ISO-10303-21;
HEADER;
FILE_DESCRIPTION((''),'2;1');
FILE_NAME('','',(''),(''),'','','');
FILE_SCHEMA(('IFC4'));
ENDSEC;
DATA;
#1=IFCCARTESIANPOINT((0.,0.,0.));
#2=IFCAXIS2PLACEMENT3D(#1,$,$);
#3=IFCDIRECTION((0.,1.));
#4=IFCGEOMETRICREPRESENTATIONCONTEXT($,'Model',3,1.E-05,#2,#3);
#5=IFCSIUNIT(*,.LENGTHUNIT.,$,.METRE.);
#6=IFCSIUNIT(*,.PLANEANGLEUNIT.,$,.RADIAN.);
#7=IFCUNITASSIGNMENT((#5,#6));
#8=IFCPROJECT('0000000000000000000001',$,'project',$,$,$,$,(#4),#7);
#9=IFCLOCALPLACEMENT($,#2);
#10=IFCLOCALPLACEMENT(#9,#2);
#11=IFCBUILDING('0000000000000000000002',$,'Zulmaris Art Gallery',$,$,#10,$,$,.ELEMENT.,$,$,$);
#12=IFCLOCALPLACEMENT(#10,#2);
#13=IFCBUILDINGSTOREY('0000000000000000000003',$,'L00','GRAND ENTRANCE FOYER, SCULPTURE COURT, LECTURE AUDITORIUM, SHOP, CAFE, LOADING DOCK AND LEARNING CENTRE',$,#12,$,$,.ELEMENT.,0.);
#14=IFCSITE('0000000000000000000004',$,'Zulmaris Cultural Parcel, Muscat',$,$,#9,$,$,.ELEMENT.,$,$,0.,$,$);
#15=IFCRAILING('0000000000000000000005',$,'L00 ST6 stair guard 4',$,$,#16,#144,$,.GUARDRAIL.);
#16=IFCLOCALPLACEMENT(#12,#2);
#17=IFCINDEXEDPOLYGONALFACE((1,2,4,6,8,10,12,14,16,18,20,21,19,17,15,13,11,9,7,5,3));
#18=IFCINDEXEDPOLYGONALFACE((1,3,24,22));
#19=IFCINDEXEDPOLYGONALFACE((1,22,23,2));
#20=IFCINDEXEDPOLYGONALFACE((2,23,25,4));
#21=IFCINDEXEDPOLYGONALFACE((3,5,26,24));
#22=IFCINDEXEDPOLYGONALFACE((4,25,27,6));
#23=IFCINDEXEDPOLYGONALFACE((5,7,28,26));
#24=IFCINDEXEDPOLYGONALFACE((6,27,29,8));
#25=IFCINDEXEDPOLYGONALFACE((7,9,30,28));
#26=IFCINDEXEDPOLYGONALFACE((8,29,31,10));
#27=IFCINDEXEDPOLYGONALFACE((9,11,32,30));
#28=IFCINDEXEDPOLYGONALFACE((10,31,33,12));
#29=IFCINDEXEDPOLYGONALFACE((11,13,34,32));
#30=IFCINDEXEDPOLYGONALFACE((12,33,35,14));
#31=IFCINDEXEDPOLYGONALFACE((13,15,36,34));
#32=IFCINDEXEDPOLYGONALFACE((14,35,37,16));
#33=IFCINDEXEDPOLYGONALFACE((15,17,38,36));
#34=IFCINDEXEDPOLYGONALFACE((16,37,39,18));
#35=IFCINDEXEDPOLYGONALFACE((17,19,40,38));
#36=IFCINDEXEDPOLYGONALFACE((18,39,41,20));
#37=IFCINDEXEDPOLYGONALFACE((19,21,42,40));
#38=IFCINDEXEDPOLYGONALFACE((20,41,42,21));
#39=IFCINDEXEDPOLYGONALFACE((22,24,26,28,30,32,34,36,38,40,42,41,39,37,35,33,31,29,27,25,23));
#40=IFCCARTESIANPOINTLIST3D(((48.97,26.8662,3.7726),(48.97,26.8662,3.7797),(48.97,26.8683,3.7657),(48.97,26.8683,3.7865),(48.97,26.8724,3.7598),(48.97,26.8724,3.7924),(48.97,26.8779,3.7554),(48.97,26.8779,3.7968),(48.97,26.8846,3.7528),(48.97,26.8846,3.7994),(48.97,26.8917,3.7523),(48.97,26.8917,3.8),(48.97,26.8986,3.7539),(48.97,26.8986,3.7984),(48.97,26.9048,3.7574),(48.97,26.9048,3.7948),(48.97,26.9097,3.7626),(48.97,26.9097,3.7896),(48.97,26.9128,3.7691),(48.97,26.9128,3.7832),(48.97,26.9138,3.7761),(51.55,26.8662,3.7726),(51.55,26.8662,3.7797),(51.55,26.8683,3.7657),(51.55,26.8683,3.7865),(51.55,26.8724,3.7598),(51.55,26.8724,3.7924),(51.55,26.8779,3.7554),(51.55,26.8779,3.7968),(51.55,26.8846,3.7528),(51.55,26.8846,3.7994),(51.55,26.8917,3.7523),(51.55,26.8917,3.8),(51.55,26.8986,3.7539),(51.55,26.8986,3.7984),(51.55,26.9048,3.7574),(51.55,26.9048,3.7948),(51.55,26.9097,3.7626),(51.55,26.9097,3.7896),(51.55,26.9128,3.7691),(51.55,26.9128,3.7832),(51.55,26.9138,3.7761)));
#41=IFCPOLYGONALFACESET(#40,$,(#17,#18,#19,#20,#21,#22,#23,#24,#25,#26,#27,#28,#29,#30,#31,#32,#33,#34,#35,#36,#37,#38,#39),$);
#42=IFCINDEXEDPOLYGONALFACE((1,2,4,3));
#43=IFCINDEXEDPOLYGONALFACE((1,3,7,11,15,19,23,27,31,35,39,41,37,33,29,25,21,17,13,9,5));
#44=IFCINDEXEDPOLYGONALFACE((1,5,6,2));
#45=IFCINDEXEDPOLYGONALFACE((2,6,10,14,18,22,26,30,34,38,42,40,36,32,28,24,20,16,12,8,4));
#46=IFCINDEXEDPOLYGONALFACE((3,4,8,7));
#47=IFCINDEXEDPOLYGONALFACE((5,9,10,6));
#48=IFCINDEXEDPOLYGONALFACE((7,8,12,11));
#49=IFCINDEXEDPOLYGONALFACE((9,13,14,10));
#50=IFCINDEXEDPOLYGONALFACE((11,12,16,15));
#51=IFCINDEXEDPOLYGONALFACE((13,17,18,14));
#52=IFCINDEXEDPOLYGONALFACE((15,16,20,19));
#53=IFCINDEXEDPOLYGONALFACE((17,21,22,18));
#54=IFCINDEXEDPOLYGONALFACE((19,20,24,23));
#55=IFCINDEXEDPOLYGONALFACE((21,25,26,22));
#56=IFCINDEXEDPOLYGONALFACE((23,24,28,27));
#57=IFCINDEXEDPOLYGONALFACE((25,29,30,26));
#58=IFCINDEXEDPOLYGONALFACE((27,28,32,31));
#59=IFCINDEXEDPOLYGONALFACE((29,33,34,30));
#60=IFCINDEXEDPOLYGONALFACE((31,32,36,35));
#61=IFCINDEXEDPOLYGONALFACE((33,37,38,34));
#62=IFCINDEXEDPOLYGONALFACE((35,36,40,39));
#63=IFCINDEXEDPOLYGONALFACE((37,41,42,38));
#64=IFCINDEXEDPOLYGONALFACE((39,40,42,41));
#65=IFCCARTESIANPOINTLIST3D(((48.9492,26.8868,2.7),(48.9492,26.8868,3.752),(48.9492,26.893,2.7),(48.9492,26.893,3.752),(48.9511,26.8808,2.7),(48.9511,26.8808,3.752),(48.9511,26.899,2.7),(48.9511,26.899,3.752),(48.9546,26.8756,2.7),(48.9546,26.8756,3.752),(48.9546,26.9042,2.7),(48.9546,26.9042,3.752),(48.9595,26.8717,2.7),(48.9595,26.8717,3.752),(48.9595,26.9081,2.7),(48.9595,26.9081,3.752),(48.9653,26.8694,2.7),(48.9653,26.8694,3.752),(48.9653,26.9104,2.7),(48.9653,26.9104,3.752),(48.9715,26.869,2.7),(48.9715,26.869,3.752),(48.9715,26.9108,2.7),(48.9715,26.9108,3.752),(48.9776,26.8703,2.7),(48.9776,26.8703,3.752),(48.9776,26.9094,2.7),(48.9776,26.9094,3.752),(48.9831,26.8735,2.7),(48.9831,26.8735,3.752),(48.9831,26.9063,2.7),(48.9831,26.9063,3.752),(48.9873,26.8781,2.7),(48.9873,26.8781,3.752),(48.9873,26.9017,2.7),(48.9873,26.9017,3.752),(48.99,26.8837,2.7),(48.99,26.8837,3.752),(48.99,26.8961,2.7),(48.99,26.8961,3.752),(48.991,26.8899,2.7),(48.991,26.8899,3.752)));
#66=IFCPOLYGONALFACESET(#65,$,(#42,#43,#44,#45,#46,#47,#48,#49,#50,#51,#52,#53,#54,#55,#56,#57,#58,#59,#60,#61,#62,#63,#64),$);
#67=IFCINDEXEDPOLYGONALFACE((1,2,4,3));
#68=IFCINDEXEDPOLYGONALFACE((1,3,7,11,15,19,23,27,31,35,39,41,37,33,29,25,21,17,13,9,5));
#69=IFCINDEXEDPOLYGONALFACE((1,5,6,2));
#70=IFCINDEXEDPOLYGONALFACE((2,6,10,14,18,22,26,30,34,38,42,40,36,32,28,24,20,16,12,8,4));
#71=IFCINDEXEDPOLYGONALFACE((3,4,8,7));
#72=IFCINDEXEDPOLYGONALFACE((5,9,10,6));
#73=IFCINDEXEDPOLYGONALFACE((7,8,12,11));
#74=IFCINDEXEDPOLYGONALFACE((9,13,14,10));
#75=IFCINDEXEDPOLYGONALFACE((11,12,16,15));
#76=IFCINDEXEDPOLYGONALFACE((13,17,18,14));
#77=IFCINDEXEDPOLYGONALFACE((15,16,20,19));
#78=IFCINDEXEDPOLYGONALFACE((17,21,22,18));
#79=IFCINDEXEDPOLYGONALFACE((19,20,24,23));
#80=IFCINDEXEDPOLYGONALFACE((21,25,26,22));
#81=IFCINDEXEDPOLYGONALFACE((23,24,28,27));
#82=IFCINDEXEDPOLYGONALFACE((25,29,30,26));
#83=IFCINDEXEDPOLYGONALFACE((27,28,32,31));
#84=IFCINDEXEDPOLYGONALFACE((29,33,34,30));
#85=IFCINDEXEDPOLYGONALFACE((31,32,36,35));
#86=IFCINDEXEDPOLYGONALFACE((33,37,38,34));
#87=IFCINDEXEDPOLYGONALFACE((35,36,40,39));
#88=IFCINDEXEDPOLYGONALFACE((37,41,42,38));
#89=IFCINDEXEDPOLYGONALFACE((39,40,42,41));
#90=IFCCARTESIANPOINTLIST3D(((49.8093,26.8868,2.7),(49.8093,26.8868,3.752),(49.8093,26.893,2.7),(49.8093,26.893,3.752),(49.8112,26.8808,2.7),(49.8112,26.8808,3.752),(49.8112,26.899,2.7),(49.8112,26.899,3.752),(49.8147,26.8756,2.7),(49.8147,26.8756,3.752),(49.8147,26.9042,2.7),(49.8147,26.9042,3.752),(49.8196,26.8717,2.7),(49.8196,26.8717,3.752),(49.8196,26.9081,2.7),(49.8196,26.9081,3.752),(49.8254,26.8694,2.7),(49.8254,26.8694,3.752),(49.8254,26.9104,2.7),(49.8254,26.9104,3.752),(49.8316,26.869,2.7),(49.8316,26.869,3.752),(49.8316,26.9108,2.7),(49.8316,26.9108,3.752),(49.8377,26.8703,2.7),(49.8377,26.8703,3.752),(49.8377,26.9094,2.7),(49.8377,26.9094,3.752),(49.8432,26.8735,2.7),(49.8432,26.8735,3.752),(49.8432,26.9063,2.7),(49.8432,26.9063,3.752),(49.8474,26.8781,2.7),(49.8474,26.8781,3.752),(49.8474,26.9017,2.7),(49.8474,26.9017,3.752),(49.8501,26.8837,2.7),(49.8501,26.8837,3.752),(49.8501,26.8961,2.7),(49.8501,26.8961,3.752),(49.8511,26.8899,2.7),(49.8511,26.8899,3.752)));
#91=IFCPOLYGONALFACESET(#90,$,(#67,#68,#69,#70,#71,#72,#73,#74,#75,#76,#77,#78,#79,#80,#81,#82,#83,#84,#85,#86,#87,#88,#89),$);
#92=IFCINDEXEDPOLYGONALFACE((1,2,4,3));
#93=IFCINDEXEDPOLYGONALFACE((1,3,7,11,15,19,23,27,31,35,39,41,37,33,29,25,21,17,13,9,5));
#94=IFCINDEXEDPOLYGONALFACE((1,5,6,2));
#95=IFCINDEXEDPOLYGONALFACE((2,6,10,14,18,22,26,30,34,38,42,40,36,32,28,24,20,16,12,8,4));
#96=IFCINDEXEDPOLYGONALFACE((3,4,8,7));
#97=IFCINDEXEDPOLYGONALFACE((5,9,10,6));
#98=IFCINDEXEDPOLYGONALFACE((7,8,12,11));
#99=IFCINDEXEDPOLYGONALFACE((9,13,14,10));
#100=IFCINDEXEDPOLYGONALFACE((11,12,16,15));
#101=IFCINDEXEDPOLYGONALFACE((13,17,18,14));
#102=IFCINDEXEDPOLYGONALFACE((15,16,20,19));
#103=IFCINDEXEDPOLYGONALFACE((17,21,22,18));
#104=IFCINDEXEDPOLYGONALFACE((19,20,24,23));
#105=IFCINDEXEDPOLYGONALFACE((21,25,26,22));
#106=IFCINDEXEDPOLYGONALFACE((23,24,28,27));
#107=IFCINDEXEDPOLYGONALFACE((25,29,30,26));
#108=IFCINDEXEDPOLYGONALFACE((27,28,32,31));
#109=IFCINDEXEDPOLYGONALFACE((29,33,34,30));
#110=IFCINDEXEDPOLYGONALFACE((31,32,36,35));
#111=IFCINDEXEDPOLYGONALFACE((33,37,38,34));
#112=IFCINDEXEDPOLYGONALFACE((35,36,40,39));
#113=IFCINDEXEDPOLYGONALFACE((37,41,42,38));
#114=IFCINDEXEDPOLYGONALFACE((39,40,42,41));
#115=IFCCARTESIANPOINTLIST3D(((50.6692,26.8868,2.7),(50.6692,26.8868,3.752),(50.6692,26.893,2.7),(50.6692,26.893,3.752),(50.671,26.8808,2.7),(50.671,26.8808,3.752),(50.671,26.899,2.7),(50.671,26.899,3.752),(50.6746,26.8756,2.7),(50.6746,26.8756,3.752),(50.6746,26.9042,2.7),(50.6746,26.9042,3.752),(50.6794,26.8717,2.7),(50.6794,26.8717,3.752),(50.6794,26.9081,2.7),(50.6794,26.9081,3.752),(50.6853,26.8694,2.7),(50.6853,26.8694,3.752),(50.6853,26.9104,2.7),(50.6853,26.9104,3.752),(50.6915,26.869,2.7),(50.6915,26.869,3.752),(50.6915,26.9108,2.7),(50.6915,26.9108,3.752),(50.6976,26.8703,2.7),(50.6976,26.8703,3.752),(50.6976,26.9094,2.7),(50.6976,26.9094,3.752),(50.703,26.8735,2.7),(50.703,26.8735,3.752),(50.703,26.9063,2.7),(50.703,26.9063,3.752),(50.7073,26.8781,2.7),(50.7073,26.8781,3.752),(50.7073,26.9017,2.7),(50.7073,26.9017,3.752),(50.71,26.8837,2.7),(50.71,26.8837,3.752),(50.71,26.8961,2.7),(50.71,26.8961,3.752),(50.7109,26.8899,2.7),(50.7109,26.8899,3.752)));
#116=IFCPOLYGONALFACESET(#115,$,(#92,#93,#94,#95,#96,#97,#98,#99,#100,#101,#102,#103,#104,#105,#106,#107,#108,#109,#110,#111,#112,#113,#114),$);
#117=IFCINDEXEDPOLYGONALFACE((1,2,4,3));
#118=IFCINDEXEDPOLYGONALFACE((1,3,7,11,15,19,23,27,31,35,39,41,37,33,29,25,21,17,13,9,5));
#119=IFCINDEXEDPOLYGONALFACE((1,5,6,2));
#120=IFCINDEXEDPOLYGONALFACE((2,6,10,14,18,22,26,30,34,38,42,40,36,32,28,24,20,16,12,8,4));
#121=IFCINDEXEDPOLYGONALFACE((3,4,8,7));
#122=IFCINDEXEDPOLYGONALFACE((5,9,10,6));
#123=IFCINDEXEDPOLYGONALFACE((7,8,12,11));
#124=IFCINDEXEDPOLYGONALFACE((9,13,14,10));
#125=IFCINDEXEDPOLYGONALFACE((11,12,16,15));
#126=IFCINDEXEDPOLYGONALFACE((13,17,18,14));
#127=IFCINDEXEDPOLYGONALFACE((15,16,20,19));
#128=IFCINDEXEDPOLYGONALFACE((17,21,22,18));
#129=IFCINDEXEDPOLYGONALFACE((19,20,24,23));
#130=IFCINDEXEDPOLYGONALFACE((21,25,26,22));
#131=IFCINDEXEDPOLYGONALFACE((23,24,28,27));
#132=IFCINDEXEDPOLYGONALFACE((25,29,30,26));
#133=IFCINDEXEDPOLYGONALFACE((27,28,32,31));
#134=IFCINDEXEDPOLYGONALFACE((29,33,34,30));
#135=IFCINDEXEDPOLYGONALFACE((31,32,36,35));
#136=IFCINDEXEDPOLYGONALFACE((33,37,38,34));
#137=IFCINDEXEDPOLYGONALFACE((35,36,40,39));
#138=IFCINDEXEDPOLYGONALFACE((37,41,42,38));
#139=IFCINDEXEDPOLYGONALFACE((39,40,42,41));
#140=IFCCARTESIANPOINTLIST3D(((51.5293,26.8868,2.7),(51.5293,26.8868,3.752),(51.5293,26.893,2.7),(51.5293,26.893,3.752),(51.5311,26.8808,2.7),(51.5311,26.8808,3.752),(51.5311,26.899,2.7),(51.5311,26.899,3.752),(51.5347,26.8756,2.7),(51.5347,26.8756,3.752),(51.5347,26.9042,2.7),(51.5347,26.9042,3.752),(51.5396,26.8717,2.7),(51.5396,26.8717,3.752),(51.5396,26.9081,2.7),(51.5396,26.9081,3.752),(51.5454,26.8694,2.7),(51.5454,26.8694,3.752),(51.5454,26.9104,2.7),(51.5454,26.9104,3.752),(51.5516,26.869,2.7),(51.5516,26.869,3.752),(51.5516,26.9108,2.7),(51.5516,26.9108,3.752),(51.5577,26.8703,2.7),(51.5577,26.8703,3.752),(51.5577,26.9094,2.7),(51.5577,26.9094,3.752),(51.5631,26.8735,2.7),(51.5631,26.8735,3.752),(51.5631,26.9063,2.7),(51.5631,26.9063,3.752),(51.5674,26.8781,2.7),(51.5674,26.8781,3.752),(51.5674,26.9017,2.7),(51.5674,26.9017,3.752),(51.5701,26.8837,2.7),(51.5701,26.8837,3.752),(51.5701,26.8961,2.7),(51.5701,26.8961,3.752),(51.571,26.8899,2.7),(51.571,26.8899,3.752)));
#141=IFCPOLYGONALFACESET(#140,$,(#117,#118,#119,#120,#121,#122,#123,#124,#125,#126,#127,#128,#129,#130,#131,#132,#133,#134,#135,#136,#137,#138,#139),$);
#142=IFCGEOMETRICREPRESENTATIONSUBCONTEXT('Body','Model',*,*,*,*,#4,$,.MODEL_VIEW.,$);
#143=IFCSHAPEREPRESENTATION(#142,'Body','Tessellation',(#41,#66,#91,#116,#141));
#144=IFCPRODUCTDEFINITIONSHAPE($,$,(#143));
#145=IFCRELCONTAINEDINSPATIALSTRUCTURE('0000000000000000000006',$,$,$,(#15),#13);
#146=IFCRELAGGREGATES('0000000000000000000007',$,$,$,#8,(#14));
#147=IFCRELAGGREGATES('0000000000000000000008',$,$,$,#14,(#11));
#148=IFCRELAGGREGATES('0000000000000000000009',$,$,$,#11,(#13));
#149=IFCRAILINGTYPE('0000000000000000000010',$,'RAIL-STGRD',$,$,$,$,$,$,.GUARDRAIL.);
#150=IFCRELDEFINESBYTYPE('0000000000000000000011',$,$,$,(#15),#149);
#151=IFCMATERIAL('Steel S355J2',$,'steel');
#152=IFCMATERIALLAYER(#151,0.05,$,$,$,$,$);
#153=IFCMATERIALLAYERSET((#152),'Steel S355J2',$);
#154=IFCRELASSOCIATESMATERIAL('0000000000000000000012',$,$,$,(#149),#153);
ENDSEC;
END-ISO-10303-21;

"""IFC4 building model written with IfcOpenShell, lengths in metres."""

from ifc_helpers import new_model, si_unit, direction, frame, origin, origin_2d, place, context, subcontext, project, spatial, circle, extrude, material, layer, layer_set, type_object, element, save


model = new_model("IFC4")

# Units and contexts
model_context = context("Model", 3, precision=1e-05, world=origin(), true_north=direction((0.0, 1.0)))
body_context = subcontext(model_context, "Body", "Model", "MODEL_VIEW")
ifc_project = project(units=[si_unit("LENGTHUNIT", "METRE"), si_unit("PLANEANGLEUNIT", "RADIAN")], contexts=[model_context])

# Site, building, storey
site_placement = place(None, origin())
site = spatial("IfcSite", under=ifc_project, at=site_placement, Name="Zulmaris Cultural Parcel, Muscat", CompositionType="ELEMENT", RefElevation=0.0)
building_placement = place(site_placement, origin())
building = spatial("IfcBuilding", under=site, at=building_placement, Name="Zulmaris Art Gallery", CompositionType="ELEMENT")
storey_placement = place(building_placement, origin())
storey = spatial("IfcBuildingStorey", under=building, at=storey_placement, Name="L00", Description="GRAND ENTRANCE FOYER, SCULPTURE COURT, LECTURE AUDITORIUM, SHOP, CAFE, LOADING DOCK AND LEARNING CENTRE", CompositionType="ELEMENT", Elevation=0.0)

# Shared definitions
ifc_material_1 = material(Name="Steel S355J2", Category="steel")

# Railing
ifc_layer_1 = layer(ifc_material_1, 0.05)
ifc_layer_set_1 = layer_set([ifc_layer_1], Name="Steel S355J2")
railing_type_1 = type_object("IfcRailingType", Name="RAIL-STGRD", PredefinedType="GUARDRAIL", material=ifc_layer_set_1)
for number, where, name in (
    (1, (48.97, 26.8899, 2.7), "L00 ST6 stair guard 4"),
):
    element("IfcRailing", number, at=place(storey_placement, frame(where)), inside=storey, type_object=railing_type_1, Name=name, PredefinedType="GUARDRAIL", context=body_context, shape_type="SweptSolid", body=[
        extrude(circle(Radius=0.0239, at=origin_2d()), frame((0.0, 0.0, 1.0762), z_axis=(1.0, 0.0, 0.0), x_axis=(0.0, 1.0, 0.0)), (0.0, 0.0, 1.0), 2.5801),
        extrude(circle(Radius=0.021, at=origin_2d()), origin(), (0.0, 0.0, 1.0), 1.052),
        extrude(circle(Radius=0.021, at=origin_2d()), frame((0.8601, 0.0, 0.0)), (0.0, 0.0, 1.0), 1.052),
        extrude(circle(Radius=0.021, at=origin_2d()), frame((1.72, 0.0, 0.0)), (0.0, 0.0, 1.0), 1.052),
        extrude(circle(Radius=0.021, at=origin_2d()), frame((2.5801, 0.0, 0.0)), (0.0, 0.0, 1.0), 1.052),
    ])

save(model, "model.ifc")
